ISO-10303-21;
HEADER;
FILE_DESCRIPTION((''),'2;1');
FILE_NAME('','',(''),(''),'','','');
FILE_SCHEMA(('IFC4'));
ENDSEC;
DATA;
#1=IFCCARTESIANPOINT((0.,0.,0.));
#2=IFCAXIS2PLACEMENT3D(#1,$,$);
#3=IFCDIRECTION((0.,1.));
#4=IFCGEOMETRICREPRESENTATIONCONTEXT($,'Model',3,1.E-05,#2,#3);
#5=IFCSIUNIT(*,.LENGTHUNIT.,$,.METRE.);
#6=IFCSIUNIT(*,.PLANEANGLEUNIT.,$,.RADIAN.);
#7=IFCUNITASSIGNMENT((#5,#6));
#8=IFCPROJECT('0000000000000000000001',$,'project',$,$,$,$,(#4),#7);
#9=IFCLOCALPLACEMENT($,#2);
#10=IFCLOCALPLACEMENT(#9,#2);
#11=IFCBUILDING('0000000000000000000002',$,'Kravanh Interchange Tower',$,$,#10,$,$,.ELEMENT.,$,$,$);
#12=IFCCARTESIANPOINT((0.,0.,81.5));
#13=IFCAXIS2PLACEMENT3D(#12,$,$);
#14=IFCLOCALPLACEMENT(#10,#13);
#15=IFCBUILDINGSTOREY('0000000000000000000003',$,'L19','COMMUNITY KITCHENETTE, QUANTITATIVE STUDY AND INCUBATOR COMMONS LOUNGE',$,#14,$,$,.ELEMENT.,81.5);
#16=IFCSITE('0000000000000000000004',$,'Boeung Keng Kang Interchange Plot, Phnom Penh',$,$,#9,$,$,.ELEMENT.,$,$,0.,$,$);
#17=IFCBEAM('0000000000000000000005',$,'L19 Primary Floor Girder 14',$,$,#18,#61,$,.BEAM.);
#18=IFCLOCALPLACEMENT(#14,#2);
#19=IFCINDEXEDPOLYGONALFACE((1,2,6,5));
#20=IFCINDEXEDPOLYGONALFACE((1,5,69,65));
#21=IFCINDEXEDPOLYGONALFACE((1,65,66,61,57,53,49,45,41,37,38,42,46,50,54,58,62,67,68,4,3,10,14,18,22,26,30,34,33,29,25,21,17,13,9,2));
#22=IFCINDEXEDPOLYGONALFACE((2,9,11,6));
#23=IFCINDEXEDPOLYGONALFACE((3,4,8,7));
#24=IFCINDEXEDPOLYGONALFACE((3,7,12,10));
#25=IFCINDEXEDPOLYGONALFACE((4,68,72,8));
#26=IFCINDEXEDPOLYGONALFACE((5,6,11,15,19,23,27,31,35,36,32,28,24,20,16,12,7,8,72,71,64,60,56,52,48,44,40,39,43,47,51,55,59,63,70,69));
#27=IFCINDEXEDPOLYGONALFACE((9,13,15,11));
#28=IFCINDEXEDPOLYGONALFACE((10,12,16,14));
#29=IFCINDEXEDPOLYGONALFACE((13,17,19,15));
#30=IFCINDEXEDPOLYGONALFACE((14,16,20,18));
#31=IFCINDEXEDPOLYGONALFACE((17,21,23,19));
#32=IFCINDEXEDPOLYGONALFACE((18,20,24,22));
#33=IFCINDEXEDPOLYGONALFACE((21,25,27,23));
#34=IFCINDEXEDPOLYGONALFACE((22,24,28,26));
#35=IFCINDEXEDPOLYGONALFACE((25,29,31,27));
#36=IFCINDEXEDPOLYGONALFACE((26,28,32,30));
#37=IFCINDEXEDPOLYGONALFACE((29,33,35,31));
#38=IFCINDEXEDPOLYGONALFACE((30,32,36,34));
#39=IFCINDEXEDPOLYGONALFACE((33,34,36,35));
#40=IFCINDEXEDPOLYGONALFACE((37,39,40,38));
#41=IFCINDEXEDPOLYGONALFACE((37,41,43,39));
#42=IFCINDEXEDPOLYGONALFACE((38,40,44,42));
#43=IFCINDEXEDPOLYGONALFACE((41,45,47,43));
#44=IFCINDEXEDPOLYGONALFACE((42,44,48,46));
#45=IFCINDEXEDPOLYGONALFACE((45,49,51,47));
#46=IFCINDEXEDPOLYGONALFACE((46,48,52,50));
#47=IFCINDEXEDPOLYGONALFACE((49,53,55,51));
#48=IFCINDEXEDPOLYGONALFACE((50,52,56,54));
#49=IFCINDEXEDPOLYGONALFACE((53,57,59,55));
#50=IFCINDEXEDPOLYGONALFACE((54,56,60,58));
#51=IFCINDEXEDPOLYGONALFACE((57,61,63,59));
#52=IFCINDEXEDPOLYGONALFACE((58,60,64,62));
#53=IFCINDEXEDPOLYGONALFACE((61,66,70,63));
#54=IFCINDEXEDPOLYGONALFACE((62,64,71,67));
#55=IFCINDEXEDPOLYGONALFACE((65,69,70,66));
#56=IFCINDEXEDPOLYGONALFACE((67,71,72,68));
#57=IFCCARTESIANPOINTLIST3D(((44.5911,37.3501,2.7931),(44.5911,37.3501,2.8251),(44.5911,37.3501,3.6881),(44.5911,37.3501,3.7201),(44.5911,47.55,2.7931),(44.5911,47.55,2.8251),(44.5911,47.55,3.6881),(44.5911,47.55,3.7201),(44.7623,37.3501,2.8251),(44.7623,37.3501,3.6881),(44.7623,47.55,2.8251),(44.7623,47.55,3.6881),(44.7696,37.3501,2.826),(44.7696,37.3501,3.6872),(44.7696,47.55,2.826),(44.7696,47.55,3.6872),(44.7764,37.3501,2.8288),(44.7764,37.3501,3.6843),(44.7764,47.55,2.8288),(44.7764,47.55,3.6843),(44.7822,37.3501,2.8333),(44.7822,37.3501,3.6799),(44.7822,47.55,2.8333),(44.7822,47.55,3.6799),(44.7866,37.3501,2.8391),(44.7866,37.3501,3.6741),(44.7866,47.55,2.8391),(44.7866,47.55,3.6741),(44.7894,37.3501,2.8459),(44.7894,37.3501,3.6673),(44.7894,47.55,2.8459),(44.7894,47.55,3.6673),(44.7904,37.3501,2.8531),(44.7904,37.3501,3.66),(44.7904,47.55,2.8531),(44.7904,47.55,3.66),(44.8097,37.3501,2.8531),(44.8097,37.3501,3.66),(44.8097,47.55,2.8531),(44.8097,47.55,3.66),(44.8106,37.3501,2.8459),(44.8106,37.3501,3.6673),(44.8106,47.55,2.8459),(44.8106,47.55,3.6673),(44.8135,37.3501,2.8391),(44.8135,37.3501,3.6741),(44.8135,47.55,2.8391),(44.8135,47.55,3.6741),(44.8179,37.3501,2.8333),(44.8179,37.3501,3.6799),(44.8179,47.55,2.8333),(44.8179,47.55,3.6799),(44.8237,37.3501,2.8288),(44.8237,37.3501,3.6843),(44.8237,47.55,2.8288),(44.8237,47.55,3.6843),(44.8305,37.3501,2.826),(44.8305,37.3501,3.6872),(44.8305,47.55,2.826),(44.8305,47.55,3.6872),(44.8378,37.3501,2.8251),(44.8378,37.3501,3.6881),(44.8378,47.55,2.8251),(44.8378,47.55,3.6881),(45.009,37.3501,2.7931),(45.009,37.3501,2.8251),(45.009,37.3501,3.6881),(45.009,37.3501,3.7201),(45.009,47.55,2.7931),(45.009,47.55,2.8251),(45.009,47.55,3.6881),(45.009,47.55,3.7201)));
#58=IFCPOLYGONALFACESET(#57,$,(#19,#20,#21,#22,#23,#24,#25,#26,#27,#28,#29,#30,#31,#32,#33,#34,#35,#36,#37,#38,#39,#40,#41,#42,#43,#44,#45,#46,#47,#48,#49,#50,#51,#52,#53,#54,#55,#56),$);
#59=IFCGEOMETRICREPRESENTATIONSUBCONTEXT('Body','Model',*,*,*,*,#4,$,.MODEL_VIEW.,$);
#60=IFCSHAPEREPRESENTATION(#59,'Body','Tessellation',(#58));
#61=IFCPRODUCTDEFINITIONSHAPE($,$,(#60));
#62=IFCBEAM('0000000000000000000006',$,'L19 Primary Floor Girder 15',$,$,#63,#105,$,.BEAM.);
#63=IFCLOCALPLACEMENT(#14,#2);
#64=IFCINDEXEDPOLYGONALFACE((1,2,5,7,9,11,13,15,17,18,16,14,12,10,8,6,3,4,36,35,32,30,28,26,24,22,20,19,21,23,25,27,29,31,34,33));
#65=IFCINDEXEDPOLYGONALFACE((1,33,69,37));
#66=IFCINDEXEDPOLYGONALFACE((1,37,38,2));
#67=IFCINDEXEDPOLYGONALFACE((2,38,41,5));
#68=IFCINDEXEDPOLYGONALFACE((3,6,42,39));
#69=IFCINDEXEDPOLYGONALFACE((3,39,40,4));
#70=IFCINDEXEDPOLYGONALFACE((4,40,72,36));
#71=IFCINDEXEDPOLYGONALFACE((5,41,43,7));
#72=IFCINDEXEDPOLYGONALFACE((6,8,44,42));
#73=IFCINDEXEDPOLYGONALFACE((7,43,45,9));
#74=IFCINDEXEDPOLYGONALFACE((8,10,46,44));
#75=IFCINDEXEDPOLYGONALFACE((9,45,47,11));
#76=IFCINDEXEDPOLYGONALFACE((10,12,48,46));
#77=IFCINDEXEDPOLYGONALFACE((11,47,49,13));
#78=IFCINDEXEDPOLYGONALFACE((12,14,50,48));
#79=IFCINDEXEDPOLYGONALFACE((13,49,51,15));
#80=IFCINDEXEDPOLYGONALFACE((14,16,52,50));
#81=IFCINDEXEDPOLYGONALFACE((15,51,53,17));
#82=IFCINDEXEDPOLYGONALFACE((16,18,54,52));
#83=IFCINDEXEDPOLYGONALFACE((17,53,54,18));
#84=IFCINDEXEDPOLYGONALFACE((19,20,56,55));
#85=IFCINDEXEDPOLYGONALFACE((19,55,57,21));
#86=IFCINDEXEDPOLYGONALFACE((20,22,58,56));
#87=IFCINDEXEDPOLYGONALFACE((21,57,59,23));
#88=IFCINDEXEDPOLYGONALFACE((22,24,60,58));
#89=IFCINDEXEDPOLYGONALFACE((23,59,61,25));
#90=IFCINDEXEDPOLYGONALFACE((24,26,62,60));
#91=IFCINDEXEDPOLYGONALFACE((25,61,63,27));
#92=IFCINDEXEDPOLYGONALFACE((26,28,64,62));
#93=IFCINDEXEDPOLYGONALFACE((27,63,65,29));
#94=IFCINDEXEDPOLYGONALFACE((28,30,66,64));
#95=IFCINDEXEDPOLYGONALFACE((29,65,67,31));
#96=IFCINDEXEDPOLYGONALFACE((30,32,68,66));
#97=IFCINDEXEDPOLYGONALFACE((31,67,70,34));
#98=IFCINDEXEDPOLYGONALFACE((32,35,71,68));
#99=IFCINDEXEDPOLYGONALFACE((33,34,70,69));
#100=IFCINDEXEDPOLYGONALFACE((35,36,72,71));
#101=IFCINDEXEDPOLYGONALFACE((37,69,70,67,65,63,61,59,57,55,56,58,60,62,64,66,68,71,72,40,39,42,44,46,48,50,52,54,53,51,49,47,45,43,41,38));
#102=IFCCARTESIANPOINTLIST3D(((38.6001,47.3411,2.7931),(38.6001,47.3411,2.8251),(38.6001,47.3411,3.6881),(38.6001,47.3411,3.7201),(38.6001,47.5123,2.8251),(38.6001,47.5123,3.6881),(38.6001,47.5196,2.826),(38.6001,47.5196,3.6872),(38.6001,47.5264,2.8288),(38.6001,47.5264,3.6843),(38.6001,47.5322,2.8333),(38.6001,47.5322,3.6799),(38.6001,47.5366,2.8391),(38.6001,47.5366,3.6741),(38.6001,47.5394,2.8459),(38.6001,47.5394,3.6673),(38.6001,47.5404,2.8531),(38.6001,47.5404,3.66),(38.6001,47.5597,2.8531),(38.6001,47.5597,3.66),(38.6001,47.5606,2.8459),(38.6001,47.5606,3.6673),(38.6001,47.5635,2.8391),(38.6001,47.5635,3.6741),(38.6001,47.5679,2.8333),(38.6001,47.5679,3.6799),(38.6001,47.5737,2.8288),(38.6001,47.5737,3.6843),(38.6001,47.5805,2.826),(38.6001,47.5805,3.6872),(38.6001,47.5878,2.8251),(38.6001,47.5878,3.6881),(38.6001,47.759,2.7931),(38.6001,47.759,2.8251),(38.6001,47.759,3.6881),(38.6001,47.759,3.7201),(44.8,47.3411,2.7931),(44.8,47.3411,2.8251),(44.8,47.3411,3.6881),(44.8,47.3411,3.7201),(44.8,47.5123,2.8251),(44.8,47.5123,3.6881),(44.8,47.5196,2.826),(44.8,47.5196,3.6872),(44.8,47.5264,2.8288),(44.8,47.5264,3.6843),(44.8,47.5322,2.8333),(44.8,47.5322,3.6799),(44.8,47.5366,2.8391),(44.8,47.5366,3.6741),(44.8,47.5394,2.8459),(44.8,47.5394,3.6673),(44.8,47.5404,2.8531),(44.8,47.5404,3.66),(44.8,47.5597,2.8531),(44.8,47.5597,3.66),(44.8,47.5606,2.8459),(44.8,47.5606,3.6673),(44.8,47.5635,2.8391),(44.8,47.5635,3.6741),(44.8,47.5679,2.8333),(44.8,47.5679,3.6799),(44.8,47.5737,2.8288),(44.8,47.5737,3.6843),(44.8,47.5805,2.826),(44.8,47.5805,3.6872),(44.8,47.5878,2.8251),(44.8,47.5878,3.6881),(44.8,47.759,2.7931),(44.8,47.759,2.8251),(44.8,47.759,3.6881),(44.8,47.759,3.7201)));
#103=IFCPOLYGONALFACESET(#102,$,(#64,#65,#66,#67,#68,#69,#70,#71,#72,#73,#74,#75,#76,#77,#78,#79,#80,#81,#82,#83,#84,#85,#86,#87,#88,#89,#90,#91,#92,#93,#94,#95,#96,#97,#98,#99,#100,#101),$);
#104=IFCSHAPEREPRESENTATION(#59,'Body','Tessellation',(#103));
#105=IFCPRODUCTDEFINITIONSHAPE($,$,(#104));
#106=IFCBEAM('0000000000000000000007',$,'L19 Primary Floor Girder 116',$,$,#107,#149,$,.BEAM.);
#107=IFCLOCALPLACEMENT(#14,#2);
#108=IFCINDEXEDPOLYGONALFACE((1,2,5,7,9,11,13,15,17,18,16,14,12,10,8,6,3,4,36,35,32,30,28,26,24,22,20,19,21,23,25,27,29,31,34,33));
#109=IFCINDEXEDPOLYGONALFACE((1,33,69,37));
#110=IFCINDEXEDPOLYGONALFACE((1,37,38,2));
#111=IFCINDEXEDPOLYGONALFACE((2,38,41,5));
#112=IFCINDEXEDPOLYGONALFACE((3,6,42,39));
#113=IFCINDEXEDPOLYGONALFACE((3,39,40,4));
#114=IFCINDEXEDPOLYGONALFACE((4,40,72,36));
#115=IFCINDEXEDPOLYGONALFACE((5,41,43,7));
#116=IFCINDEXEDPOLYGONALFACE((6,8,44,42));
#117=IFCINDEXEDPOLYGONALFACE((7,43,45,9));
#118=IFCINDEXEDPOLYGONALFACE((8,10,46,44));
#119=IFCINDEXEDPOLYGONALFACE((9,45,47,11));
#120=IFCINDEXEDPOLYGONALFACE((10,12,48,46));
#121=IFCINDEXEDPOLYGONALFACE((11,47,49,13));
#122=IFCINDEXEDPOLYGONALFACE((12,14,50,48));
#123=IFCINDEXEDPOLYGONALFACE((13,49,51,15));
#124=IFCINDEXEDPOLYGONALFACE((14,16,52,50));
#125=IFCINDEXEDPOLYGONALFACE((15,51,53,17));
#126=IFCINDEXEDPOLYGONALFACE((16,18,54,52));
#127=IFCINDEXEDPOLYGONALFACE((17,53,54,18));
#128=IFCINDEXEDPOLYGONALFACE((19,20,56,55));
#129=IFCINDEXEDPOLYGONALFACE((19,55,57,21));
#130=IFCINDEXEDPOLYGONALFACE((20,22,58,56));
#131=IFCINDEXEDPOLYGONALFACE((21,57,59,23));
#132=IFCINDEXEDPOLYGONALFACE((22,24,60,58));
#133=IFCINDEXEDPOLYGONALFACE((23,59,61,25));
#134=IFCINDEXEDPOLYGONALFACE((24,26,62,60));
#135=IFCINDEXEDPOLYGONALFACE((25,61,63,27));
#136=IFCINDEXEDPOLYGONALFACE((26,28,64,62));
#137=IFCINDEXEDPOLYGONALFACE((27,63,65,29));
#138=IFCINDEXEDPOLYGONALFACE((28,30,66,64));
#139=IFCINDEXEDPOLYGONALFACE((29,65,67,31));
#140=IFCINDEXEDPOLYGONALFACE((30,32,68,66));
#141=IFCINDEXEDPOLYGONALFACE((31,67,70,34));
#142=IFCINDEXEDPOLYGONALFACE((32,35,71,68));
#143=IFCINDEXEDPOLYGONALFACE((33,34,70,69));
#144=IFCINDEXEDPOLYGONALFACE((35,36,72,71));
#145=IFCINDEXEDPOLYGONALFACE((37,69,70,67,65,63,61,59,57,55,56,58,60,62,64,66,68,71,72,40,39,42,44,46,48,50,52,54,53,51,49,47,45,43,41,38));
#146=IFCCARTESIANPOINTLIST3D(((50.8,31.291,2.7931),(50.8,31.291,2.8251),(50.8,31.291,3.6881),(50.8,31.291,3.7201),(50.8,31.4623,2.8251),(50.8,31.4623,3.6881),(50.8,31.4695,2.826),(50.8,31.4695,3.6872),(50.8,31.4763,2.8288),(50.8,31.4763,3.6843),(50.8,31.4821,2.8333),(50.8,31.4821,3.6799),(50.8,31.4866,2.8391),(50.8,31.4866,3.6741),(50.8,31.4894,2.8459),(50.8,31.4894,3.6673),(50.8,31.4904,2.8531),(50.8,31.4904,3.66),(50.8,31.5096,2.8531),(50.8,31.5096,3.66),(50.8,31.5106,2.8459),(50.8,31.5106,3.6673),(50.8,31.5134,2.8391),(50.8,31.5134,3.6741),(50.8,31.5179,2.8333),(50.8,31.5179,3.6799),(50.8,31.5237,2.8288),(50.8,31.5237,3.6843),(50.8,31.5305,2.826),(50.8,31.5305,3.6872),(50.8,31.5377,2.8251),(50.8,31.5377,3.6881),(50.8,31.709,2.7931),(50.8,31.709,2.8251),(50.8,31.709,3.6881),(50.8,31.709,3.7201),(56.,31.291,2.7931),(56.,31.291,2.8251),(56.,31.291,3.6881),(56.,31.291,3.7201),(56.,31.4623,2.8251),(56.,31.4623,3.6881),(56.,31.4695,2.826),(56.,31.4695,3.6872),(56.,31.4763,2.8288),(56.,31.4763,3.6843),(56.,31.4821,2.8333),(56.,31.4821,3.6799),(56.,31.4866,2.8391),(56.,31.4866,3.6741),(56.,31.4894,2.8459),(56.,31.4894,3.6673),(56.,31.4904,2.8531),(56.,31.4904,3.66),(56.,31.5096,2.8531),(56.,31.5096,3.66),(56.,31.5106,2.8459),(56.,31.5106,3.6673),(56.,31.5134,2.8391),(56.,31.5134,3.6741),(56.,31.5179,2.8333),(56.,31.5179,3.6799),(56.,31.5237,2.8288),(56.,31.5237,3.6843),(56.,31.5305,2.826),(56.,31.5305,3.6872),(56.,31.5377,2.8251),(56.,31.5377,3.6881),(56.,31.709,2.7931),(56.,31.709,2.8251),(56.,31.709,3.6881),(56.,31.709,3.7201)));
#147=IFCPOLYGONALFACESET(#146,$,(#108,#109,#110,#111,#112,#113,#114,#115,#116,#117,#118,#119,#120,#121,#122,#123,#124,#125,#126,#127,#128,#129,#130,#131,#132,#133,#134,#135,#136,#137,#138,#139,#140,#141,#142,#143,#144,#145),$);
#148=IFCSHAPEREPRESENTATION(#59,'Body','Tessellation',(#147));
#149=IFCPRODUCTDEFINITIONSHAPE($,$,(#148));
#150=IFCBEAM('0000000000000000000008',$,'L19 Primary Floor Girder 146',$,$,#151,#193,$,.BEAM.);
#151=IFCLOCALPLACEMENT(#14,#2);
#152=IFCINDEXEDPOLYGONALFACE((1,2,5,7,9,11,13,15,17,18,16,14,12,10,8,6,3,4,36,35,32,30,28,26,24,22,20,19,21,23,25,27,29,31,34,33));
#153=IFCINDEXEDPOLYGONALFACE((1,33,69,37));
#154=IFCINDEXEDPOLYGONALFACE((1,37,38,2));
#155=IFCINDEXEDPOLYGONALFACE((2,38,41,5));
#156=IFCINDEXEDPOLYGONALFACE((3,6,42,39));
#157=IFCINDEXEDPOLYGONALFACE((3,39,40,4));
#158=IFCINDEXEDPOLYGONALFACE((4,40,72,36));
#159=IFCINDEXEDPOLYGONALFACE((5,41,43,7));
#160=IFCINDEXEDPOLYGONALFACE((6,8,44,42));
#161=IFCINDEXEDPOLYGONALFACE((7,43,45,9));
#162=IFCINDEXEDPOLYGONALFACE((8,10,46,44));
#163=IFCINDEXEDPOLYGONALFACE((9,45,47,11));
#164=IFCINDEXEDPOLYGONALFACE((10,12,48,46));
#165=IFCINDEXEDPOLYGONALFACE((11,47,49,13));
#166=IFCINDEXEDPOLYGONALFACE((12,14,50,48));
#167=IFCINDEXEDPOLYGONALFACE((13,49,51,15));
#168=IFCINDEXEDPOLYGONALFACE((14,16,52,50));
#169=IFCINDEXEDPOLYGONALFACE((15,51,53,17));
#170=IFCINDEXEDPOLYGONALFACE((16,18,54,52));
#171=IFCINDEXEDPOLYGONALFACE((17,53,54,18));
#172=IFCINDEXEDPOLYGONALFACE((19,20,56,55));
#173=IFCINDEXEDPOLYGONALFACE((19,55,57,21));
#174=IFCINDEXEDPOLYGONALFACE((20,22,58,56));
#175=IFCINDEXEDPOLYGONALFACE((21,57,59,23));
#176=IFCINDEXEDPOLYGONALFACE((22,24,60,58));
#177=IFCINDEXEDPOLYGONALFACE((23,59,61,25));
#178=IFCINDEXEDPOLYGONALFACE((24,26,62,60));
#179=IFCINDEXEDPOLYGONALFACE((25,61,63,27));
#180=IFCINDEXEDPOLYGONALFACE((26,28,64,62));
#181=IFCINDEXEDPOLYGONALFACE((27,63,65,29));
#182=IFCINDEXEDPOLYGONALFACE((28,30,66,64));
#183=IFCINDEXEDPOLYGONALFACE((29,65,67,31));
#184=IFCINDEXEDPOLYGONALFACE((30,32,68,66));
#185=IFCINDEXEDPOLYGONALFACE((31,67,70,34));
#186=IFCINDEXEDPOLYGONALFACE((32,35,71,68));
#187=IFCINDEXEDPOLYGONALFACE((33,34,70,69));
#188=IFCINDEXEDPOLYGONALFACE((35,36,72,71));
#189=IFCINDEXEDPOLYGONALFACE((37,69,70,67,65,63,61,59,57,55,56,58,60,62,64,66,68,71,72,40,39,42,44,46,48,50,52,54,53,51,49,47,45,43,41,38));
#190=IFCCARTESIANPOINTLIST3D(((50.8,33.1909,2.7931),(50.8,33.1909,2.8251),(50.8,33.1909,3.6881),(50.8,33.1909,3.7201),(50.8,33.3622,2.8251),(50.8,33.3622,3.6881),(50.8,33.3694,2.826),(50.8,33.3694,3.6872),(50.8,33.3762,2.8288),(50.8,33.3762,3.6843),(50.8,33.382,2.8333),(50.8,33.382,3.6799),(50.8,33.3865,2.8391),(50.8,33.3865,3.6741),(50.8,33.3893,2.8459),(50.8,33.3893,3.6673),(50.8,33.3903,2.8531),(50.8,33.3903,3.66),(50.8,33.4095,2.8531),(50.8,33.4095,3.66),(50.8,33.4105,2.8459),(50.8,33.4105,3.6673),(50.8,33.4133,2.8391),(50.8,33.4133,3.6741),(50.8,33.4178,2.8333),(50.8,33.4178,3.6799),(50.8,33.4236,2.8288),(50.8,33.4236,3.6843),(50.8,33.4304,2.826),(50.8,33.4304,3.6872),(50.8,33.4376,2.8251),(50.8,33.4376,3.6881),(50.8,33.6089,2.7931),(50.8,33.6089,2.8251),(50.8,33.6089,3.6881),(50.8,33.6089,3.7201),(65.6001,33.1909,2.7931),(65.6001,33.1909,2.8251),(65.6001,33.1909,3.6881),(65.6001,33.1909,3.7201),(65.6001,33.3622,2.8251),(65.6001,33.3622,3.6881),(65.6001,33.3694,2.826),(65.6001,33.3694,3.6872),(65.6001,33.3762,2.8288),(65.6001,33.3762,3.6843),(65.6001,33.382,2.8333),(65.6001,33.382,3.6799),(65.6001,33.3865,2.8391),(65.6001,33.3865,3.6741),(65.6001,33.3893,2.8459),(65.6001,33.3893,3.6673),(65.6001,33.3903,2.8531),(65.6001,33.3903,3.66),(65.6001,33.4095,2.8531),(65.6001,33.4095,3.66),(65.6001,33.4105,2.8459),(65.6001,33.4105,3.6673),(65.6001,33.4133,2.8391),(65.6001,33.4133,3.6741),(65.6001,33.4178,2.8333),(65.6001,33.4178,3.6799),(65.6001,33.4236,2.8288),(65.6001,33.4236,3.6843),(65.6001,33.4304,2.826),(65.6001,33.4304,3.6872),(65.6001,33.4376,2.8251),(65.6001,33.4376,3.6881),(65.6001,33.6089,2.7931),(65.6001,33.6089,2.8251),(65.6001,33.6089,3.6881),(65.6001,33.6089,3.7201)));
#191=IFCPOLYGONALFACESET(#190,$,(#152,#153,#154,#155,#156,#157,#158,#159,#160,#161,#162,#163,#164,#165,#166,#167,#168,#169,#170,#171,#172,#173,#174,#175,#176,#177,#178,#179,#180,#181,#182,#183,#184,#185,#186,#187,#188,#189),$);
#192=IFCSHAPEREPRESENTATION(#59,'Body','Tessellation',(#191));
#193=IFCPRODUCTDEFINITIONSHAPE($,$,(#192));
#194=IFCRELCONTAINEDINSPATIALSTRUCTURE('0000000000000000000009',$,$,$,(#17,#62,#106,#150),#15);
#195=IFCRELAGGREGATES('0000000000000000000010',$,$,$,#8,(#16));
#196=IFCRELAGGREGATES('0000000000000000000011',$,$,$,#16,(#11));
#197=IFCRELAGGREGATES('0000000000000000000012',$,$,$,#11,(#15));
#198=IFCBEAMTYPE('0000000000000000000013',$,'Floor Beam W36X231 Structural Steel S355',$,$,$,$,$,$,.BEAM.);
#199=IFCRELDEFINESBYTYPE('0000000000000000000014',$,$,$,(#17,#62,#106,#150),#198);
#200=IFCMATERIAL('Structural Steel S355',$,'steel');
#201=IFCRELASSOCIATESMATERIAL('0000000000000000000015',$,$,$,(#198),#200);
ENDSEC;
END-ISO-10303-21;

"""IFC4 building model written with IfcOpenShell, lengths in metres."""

from ifc_helpers import new_model, si_unit, direction, frame, origin, origin_2d, place, context, subcontext, project, spatial, i_section, extrude, material, material_profile, profile_set, type_object, element, save


model = new_model("IFC4")

# Units and contexts
model_context = context("Model", 3, precision=1e-05, world=origin(), true_north=direction((0.0, 1.0)))
body_context = subcontext(model_context, "Body", "Model", "MODEL_VIEW")
ifc_project = project(units=[si_unit("LENGTHUNIT", "METRE"), si_unit("PLANEANGLEUNIT", "RADIAN")], contexts=[model_context])

# Site, building, storey
site_placement = place(None, origin())
site = spatial("IfcSite", under=ifc_project, at=site_placement, Name="Boeung Keng Kang Interchange Plot, Phnom Penh", CompositionType="ELEMENT", RefElevation=0.0)
building_placement = place(site_placement, origin())
building = spatial("IfcBuilding", under=site, at=building_placement, Name="Kravanh Interchange Tower", CompositionType="ELEMENT")
storey_placement = place(building_placement, frame((0.0, 0.0, 81.5)))
storey = spatial("IfcBuildingStorey", under=building, at=storey_placement, Name="L19", Description="COMMUNITY KITCHENETTE, QUANTITATIVE STUDY AND INCUBATOR COMMONS LOUNGE", CompositionType="ELEMENT", Elevation=81.5)

# Beams
ifc_material_1 = material(Name="Structural Steel S355", Category="steel")
ifc_material_profile_1 = material_profile(ifc_material_1, i_section(OverallWidth=0.418, OverallDepth=0.927, WebThickness=0.0193, FlangeThickness=0.032, FilletRadius=0.0281, at=origin_2d()), Name="W36X231")
ifc_profile_set_1 = profile_set([ifc_material_profile_1], Name="Structural Steel S355")
beam_type_1 = type_object("IfcBeamType", Name="Floor Beam W36X231 Structural Steel S355", PredefinedType="BEAM", material=ifc_profile_set_1)
beam_1_placement = place(storey_placement, frame((44.8, 37.3501, 3.2566), z_axis=(0.0, 1.0, 0.0), x_axis=(-1.0, 0.0, 0.0)))
element("IfcBeam", 1, at=beam_1_placement, inside=storey, type_object=beam_type_1, Name="L19 Primary Floor Girder 14", PredefinedType="BEAM", context=body_context, shape_type="SweptSolid", body=[
    extrude(i_section(OverallWidth=0.418, OverallDepth=0.927, WebThickness=0.0193, FlangeThickness=0.032, FilletRadius=0.0281, at=origin_2d()), origin(), (0.0, 0.0, 1.0), 10.2),
])
beam_2_placement = place(storey_placement, frame((44.8, 47.55, 3.2566), z_axis=(-1.0, 0.0, 0.0), x_axis=(0.0, -1.0, 0.0)))
element("IfcBeam", 2, at=beam_2_placement, inside=storey, type_object=beam_type_1, Name="L19 Primary Floor Girder 15", PredefinedType="BEAM", context=body_context, shape_type="SweptSolid", body=[
    extrude(i_section(OverallWidth=0.418, OverallDepth=0.927, WebThickness=0.0193, FlangeThickness=0.032, FilletRadius=0.0281, at=origin_2d()), origin(), (0.0, 0.0, 1.0), 6.2),
])
beam_3_placement = place(storey_placement, frame((50.8, 31.5, 3.2566), z_axis=(1.0, 0.0, 0.0), x_axis=(0.0, 1.0, 0.0)))
element("IfcBeam", 3, at=beam_3_placement, inside=storey, type_object=beam_type_1, Name="L19 Primary Floor Girder 116", PredefinedType="BEAM", context=body_context, shape_type="SweptSolid", body=[
    extrude(i_section(OverallWidth=0.418, OverallDepth=0.927, WebThickness=0.0193, FlangeThickness=0.032, FilletRadius=0.0281, at=origin_2d()), origin(), (0.0, 0.0, 1.0), 5.2),
])
beam_4_placement = place(storey_placement, frame((50.8, 33.3999, 3.2566), z_axis=(1.0, 0.0, 0.0), x_axis=(0.0, 1.0, 0.0)))
element("IfcBeam", 4, at=beam_4_placement, inside=storey, type_object=beam_type_1, Name="L19 Primary Floor Girder 146", PredefinedType="BEAM", context=body_context, shape_type="SweptSolid", body=[
    extrude(i_section(OverallWidth=0.418, OverallDepth=0.927, WebThickness=0.0193, FlangeThickness=0.032, FilletRadius=0.0281, at=origin_2d()), origin(), (0.0, 0.0, 1.0), 14.8),
])

save(model, "model.ifc")
